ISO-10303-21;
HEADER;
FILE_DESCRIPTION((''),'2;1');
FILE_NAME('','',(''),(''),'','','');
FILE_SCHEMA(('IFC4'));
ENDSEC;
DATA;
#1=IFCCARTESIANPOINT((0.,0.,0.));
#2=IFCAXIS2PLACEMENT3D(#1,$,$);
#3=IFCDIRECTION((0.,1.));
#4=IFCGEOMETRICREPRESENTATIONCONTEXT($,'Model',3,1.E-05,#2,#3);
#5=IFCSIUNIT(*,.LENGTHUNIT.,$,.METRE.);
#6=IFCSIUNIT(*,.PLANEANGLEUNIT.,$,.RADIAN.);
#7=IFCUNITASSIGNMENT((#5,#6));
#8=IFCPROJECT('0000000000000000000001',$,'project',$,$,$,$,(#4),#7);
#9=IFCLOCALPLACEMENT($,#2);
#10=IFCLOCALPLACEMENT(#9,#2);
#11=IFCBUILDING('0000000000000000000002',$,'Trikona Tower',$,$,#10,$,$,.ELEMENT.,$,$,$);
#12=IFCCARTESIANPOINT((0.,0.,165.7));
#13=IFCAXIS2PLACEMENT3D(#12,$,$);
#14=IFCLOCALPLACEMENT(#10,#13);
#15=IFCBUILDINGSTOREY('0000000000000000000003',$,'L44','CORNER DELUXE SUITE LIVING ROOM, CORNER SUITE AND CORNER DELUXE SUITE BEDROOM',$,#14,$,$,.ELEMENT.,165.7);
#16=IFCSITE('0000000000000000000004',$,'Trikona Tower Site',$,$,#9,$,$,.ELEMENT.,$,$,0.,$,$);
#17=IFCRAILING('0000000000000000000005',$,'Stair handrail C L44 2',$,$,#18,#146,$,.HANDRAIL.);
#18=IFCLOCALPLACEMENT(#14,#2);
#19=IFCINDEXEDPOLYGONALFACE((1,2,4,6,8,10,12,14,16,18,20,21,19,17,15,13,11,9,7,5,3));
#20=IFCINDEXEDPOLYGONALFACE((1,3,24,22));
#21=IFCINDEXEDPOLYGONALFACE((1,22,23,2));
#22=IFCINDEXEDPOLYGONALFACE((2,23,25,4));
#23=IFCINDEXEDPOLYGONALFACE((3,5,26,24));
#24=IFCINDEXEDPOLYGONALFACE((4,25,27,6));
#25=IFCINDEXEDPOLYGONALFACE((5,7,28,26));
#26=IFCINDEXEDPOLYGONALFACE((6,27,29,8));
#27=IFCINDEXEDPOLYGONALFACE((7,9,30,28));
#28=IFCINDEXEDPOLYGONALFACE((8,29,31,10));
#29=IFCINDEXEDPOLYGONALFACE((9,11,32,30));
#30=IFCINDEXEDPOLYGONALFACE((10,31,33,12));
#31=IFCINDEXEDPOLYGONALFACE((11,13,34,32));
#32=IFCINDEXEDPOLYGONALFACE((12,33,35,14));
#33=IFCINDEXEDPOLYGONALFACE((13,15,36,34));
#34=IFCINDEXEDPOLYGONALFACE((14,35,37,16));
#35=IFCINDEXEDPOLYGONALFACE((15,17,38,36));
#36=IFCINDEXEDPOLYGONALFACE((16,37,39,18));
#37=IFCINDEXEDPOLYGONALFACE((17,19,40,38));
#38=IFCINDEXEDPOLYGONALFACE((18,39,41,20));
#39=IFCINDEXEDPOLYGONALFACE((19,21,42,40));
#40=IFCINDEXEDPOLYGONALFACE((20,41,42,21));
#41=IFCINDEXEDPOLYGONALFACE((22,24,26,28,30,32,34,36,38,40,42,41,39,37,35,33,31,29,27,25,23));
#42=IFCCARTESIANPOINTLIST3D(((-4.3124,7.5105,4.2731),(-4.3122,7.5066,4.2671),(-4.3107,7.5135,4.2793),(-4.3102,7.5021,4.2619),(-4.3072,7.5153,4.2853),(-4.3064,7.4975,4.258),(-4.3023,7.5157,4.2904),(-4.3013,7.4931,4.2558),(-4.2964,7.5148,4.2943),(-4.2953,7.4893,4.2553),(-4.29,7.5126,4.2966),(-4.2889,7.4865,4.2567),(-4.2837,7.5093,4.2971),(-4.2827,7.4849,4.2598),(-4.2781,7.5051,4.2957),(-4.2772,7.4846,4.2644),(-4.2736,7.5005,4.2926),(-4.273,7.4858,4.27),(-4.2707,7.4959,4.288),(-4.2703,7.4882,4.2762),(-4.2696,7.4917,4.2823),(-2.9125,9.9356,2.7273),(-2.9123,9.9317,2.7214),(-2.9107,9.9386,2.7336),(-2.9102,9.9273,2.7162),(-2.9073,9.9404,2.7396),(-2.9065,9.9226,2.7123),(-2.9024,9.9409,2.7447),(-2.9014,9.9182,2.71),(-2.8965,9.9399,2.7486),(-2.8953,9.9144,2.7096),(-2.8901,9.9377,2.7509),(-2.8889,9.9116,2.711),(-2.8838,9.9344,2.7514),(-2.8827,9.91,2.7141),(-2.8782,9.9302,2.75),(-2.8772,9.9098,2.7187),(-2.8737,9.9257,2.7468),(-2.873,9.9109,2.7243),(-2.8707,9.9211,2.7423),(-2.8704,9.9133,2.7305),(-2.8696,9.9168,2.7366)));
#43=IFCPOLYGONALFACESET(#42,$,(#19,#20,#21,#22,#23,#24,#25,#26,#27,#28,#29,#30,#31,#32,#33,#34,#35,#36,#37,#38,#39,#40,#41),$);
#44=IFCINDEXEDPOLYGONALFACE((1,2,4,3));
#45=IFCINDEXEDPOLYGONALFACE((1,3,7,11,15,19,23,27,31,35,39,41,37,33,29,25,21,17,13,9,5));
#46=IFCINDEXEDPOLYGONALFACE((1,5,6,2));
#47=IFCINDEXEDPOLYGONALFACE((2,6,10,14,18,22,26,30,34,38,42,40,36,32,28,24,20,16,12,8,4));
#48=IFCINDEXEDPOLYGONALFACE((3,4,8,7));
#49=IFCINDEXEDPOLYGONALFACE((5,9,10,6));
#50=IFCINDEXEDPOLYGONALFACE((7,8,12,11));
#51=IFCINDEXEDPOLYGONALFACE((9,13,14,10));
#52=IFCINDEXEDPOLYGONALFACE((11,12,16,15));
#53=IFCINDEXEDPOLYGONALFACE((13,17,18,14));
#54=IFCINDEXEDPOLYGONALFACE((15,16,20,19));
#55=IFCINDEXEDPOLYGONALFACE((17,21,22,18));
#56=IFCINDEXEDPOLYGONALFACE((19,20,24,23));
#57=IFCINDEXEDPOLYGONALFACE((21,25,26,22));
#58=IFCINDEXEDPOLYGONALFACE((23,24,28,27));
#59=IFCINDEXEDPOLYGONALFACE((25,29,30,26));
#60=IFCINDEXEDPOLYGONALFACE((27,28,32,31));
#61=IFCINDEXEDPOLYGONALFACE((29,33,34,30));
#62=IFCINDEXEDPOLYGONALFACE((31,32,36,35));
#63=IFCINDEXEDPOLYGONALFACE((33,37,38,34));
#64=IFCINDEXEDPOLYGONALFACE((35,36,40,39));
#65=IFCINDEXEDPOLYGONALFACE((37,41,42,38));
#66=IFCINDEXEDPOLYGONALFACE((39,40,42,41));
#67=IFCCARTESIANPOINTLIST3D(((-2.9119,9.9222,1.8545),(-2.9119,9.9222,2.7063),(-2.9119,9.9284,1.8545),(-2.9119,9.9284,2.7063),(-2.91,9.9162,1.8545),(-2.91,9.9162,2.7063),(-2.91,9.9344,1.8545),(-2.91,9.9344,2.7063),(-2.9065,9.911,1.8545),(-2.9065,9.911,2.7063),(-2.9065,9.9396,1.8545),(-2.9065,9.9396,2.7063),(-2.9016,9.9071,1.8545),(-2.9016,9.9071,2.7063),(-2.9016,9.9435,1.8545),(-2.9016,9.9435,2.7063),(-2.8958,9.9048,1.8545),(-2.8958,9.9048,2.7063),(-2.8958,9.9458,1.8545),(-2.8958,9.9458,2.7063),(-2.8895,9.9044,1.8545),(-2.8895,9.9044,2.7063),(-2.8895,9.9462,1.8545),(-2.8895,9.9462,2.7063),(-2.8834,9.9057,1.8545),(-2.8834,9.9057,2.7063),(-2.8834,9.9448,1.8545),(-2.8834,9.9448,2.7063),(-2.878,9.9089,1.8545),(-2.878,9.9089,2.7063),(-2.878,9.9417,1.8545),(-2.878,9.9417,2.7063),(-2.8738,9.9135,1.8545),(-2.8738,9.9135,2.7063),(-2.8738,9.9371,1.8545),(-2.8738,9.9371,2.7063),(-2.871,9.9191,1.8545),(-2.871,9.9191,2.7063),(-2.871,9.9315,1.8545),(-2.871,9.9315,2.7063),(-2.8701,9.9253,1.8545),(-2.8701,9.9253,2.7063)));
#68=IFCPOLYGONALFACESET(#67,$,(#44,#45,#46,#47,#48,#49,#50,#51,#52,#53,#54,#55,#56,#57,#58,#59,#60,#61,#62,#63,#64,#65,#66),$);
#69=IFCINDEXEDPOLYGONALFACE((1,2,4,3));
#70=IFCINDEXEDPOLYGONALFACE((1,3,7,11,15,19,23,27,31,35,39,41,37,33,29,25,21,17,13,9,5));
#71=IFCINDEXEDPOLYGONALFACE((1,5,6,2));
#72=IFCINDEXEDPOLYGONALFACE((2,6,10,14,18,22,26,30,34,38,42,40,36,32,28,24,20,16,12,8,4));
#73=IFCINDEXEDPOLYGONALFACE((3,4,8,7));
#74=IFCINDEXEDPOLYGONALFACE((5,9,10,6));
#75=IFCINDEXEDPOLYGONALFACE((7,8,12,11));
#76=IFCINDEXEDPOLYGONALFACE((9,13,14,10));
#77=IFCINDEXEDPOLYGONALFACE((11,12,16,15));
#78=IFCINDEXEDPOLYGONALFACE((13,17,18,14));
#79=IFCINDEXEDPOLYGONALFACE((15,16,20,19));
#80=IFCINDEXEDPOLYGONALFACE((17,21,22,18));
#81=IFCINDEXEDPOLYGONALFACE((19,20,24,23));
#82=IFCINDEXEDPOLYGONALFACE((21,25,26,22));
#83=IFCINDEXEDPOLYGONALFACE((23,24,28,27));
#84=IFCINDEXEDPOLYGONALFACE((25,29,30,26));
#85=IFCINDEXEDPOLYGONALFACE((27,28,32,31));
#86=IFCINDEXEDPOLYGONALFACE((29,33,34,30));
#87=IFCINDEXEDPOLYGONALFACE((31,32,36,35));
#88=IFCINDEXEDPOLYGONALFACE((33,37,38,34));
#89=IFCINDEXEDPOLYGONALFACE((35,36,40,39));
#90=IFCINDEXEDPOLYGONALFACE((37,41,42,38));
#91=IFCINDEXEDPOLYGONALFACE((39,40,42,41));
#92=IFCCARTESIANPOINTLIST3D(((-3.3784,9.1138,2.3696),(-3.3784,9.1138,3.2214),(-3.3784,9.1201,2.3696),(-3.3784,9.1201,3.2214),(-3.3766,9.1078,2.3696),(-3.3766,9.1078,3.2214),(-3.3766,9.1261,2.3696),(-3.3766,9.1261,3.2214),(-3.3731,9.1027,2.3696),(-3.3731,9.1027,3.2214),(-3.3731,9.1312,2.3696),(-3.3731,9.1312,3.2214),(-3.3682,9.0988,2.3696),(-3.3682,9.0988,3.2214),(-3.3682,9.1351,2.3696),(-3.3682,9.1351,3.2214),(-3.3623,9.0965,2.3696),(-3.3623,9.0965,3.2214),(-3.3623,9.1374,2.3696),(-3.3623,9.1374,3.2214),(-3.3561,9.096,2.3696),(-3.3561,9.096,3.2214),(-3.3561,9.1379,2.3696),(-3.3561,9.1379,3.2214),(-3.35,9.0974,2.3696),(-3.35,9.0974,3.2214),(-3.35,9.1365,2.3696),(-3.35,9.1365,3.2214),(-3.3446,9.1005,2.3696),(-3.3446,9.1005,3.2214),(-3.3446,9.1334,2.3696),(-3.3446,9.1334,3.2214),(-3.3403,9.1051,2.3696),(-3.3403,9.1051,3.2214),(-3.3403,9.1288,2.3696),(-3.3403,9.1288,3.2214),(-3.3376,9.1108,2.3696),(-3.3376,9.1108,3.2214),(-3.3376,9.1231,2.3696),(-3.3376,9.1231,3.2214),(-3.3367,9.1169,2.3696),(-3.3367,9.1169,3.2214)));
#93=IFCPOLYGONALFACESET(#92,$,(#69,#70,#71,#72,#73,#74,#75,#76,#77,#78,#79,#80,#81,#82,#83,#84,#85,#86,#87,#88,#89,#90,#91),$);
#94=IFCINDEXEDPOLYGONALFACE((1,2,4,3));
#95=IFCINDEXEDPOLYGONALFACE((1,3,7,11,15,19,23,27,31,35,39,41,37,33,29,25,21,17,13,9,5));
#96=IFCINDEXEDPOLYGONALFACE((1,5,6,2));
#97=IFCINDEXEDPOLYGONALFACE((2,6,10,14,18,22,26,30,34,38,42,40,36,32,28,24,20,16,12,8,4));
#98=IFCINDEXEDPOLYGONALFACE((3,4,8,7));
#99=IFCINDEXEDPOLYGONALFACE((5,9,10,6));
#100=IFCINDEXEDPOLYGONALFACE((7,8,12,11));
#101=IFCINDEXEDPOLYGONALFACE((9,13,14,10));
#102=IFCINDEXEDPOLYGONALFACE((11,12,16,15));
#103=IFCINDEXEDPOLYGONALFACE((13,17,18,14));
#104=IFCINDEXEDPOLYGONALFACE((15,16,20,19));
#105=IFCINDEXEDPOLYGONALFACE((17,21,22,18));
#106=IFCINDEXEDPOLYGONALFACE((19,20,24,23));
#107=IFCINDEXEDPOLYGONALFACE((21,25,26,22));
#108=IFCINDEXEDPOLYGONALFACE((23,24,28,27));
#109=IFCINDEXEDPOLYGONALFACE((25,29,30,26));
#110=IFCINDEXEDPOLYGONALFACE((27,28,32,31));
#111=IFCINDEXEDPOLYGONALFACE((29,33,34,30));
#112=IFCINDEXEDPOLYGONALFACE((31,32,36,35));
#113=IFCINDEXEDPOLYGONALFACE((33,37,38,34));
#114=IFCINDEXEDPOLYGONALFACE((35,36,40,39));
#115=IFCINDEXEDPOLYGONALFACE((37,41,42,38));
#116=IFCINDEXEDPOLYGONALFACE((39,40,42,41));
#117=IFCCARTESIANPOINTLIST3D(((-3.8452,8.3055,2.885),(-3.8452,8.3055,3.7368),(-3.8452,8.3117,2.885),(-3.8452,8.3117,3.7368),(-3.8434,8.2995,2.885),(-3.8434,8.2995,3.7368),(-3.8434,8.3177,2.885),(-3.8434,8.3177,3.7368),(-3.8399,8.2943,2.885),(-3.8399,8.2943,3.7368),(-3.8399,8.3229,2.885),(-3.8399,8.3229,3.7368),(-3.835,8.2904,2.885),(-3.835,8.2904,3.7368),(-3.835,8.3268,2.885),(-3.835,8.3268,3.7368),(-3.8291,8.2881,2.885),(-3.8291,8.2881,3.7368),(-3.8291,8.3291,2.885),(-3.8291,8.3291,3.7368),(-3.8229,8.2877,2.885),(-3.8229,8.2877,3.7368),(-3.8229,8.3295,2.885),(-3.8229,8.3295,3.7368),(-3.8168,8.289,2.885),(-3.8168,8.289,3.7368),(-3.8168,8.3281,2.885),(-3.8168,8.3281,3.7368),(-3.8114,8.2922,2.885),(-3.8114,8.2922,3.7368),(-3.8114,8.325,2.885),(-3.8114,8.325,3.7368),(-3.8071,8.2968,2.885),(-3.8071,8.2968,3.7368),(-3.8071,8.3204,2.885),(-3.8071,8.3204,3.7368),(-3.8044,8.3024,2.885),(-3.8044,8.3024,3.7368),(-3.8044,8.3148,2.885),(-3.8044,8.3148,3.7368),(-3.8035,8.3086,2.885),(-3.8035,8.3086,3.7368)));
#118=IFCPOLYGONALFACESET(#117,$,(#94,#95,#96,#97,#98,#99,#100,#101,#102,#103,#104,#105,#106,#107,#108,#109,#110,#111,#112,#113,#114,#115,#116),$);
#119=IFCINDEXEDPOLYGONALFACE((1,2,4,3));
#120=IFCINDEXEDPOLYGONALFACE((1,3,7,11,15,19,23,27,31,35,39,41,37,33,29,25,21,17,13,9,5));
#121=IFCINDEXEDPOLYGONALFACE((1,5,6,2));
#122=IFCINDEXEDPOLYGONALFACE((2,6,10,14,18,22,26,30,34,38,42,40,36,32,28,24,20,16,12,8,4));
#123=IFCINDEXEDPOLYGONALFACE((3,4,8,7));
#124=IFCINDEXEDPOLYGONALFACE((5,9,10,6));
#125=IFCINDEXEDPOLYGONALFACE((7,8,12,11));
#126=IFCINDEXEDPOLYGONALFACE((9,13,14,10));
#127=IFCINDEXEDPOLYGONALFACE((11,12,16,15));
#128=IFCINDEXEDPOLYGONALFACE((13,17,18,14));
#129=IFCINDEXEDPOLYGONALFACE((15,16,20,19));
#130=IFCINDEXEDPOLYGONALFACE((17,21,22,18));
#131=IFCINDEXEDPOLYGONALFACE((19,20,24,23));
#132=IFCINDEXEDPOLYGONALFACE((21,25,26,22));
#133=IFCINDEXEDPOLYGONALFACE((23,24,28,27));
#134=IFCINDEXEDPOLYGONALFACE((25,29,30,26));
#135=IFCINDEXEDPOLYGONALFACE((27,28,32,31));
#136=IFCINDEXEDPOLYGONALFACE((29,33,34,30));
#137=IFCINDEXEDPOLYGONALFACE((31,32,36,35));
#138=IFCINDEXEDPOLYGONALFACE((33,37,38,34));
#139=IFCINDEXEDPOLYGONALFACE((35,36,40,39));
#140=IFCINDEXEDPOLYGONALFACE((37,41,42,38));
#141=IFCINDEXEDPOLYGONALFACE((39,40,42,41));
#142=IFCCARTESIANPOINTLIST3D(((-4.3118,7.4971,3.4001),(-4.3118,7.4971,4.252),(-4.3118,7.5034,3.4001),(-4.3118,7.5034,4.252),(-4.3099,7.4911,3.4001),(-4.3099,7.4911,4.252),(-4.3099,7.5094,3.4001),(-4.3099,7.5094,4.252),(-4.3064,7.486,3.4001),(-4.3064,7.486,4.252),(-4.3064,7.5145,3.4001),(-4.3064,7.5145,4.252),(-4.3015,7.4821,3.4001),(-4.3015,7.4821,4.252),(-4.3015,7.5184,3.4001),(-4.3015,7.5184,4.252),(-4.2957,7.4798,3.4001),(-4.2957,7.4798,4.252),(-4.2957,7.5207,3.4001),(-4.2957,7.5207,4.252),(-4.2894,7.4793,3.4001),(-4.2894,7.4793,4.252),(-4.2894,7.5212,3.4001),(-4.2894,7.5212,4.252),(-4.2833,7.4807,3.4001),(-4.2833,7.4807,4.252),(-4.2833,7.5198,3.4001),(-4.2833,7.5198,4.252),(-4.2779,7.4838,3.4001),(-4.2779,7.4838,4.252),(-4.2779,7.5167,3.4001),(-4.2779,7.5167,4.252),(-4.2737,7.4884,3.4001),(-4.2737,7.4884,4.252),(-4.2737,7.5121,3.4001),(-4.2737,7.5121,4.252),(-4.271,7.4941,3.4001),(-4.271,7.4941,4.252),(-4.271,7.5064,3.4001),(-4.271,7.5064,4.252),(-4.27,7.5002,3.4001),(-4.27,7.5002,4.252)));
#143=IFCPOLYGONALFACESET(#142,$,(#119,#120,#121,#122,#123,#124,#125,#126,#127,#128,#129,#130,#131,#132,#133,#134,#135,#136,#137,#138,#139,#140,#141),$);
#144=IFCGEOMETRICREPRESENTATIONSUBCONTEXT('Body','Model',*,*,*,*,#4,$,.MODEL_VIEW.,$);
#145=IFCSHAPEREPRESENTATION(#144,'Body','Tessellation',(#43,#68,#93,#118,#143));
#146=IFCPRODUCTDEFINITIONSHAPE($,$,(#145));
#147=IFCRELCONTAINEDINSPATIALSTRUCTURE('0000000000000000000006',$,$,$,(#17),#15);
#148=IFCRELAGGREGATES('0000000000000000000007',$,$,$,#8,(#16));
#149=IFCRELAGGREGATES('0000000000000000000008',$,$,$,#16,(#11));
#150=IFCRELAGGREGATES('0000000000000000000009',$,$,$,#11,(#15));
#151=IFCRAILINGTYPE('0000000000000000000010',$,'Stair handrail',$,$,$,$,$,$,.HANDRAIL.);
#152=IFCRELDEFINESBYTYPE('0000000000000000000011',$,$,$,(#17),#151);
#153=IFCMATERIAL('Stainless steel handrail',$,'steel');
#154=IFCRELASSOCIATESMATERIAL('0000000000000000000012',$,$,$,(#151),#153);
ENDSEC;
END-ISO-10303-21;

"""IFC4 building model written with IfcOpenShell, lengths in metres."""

from ifc_helpers import new_model, si_unit, direction, frame, origin, origin_2d, place, context, subcontext, project, spatial, circle, extrude, material, type_object, element, save


model = new_model("IFC4")

# Units and contexts
model_context = context("Model", 3, precision=1e-05, world=origin(), true_north=direction((0.0, 1.0)))
body_context = subcontext(model_context, "Body", "Model", "MODEL_VIEW")
ifc_project = project(units=[si_unit("LENGTHUNIT", "METRE"), si_unit("PLANEANGLEUNIT", "RADIAN")], contexts=[model_context])

# Site, building, storey
site_placement = place(None, origin())
site = spatial("IfcSite", under=ifc_project, at=site_placement, Name="Trikona Tower Site", CompositionType="ELEMENT", RefElevation=0.0)
building_placement = place(site_placement, origin())
building = spatial("IfcBuilding", under=site, at=building_placement, Name="Trikona Tower", CompositionType="ELEMENT")
storey_placement = place(building_placement, frame((0.0, 0.0, 165.7)))
storey = spatial("IfcBuildingStorey", under=building, at=storey_placement, Name="L44", Description="CORNER DELUXE SUITE LIVING ROOM, CORNER SUITE AND CORNER DELUXE SUITE BEDROOM", CompositionType="ELEMENT", Elevation=165.7)

# Railing
ifc_material_1 = material(Name="Stainless steel handrail", Category="steel")
railing_type = type_object("IfcRailingType", Name="Stair handrail", PredefinedType="HANDRAIL", material=ifc_material_1)
railing_1_placement = place(storey_placement, frame((-2.8911, 9.9253, 1.8545)))
element("IfcRailing", 1, at=railing_1_placement, inside=storey, type_object=railing_type, Name="Stair handrail C L44 2", PredefinedType="HANDRAIL", context=body_context, shape_type="SweptSolid", body=[
    extrude(circle(Radius=0.0239, at=origin_2d()), frame((0.0, 0.0, 0.876), z_axis=(-0.437691, -0.758212, 0.483262), x_axis=(0.866056, -0.499946, 0.0)), (0.0, 0.0, 1.0), 3.1985),
    extrude(circle(Radius=0.021, at=origin_2d()), origin(), (0.0, 0.0, 1.0), 0.8518),
    extrude(circle(Radius=0.021, at=origin_2d()), frame((-0.4666, -0.8083, 0.5151)), (0.0, 0.0, 1.0), 0.8518),
    extrude(circle(Radius=0.021, at=origin_2d()), frame((-0.9333, -1.6167, 1.0305)), (0.0, 0.0, 1.0), 0.8518),
    extrude(circle(Radius=0.021, at=origin_2d()), frame((-1.3999, -2.425, 1.5457)), (0.0, 0.0, 1.0), 0.8518),
])

save(model, "model.ifc")
